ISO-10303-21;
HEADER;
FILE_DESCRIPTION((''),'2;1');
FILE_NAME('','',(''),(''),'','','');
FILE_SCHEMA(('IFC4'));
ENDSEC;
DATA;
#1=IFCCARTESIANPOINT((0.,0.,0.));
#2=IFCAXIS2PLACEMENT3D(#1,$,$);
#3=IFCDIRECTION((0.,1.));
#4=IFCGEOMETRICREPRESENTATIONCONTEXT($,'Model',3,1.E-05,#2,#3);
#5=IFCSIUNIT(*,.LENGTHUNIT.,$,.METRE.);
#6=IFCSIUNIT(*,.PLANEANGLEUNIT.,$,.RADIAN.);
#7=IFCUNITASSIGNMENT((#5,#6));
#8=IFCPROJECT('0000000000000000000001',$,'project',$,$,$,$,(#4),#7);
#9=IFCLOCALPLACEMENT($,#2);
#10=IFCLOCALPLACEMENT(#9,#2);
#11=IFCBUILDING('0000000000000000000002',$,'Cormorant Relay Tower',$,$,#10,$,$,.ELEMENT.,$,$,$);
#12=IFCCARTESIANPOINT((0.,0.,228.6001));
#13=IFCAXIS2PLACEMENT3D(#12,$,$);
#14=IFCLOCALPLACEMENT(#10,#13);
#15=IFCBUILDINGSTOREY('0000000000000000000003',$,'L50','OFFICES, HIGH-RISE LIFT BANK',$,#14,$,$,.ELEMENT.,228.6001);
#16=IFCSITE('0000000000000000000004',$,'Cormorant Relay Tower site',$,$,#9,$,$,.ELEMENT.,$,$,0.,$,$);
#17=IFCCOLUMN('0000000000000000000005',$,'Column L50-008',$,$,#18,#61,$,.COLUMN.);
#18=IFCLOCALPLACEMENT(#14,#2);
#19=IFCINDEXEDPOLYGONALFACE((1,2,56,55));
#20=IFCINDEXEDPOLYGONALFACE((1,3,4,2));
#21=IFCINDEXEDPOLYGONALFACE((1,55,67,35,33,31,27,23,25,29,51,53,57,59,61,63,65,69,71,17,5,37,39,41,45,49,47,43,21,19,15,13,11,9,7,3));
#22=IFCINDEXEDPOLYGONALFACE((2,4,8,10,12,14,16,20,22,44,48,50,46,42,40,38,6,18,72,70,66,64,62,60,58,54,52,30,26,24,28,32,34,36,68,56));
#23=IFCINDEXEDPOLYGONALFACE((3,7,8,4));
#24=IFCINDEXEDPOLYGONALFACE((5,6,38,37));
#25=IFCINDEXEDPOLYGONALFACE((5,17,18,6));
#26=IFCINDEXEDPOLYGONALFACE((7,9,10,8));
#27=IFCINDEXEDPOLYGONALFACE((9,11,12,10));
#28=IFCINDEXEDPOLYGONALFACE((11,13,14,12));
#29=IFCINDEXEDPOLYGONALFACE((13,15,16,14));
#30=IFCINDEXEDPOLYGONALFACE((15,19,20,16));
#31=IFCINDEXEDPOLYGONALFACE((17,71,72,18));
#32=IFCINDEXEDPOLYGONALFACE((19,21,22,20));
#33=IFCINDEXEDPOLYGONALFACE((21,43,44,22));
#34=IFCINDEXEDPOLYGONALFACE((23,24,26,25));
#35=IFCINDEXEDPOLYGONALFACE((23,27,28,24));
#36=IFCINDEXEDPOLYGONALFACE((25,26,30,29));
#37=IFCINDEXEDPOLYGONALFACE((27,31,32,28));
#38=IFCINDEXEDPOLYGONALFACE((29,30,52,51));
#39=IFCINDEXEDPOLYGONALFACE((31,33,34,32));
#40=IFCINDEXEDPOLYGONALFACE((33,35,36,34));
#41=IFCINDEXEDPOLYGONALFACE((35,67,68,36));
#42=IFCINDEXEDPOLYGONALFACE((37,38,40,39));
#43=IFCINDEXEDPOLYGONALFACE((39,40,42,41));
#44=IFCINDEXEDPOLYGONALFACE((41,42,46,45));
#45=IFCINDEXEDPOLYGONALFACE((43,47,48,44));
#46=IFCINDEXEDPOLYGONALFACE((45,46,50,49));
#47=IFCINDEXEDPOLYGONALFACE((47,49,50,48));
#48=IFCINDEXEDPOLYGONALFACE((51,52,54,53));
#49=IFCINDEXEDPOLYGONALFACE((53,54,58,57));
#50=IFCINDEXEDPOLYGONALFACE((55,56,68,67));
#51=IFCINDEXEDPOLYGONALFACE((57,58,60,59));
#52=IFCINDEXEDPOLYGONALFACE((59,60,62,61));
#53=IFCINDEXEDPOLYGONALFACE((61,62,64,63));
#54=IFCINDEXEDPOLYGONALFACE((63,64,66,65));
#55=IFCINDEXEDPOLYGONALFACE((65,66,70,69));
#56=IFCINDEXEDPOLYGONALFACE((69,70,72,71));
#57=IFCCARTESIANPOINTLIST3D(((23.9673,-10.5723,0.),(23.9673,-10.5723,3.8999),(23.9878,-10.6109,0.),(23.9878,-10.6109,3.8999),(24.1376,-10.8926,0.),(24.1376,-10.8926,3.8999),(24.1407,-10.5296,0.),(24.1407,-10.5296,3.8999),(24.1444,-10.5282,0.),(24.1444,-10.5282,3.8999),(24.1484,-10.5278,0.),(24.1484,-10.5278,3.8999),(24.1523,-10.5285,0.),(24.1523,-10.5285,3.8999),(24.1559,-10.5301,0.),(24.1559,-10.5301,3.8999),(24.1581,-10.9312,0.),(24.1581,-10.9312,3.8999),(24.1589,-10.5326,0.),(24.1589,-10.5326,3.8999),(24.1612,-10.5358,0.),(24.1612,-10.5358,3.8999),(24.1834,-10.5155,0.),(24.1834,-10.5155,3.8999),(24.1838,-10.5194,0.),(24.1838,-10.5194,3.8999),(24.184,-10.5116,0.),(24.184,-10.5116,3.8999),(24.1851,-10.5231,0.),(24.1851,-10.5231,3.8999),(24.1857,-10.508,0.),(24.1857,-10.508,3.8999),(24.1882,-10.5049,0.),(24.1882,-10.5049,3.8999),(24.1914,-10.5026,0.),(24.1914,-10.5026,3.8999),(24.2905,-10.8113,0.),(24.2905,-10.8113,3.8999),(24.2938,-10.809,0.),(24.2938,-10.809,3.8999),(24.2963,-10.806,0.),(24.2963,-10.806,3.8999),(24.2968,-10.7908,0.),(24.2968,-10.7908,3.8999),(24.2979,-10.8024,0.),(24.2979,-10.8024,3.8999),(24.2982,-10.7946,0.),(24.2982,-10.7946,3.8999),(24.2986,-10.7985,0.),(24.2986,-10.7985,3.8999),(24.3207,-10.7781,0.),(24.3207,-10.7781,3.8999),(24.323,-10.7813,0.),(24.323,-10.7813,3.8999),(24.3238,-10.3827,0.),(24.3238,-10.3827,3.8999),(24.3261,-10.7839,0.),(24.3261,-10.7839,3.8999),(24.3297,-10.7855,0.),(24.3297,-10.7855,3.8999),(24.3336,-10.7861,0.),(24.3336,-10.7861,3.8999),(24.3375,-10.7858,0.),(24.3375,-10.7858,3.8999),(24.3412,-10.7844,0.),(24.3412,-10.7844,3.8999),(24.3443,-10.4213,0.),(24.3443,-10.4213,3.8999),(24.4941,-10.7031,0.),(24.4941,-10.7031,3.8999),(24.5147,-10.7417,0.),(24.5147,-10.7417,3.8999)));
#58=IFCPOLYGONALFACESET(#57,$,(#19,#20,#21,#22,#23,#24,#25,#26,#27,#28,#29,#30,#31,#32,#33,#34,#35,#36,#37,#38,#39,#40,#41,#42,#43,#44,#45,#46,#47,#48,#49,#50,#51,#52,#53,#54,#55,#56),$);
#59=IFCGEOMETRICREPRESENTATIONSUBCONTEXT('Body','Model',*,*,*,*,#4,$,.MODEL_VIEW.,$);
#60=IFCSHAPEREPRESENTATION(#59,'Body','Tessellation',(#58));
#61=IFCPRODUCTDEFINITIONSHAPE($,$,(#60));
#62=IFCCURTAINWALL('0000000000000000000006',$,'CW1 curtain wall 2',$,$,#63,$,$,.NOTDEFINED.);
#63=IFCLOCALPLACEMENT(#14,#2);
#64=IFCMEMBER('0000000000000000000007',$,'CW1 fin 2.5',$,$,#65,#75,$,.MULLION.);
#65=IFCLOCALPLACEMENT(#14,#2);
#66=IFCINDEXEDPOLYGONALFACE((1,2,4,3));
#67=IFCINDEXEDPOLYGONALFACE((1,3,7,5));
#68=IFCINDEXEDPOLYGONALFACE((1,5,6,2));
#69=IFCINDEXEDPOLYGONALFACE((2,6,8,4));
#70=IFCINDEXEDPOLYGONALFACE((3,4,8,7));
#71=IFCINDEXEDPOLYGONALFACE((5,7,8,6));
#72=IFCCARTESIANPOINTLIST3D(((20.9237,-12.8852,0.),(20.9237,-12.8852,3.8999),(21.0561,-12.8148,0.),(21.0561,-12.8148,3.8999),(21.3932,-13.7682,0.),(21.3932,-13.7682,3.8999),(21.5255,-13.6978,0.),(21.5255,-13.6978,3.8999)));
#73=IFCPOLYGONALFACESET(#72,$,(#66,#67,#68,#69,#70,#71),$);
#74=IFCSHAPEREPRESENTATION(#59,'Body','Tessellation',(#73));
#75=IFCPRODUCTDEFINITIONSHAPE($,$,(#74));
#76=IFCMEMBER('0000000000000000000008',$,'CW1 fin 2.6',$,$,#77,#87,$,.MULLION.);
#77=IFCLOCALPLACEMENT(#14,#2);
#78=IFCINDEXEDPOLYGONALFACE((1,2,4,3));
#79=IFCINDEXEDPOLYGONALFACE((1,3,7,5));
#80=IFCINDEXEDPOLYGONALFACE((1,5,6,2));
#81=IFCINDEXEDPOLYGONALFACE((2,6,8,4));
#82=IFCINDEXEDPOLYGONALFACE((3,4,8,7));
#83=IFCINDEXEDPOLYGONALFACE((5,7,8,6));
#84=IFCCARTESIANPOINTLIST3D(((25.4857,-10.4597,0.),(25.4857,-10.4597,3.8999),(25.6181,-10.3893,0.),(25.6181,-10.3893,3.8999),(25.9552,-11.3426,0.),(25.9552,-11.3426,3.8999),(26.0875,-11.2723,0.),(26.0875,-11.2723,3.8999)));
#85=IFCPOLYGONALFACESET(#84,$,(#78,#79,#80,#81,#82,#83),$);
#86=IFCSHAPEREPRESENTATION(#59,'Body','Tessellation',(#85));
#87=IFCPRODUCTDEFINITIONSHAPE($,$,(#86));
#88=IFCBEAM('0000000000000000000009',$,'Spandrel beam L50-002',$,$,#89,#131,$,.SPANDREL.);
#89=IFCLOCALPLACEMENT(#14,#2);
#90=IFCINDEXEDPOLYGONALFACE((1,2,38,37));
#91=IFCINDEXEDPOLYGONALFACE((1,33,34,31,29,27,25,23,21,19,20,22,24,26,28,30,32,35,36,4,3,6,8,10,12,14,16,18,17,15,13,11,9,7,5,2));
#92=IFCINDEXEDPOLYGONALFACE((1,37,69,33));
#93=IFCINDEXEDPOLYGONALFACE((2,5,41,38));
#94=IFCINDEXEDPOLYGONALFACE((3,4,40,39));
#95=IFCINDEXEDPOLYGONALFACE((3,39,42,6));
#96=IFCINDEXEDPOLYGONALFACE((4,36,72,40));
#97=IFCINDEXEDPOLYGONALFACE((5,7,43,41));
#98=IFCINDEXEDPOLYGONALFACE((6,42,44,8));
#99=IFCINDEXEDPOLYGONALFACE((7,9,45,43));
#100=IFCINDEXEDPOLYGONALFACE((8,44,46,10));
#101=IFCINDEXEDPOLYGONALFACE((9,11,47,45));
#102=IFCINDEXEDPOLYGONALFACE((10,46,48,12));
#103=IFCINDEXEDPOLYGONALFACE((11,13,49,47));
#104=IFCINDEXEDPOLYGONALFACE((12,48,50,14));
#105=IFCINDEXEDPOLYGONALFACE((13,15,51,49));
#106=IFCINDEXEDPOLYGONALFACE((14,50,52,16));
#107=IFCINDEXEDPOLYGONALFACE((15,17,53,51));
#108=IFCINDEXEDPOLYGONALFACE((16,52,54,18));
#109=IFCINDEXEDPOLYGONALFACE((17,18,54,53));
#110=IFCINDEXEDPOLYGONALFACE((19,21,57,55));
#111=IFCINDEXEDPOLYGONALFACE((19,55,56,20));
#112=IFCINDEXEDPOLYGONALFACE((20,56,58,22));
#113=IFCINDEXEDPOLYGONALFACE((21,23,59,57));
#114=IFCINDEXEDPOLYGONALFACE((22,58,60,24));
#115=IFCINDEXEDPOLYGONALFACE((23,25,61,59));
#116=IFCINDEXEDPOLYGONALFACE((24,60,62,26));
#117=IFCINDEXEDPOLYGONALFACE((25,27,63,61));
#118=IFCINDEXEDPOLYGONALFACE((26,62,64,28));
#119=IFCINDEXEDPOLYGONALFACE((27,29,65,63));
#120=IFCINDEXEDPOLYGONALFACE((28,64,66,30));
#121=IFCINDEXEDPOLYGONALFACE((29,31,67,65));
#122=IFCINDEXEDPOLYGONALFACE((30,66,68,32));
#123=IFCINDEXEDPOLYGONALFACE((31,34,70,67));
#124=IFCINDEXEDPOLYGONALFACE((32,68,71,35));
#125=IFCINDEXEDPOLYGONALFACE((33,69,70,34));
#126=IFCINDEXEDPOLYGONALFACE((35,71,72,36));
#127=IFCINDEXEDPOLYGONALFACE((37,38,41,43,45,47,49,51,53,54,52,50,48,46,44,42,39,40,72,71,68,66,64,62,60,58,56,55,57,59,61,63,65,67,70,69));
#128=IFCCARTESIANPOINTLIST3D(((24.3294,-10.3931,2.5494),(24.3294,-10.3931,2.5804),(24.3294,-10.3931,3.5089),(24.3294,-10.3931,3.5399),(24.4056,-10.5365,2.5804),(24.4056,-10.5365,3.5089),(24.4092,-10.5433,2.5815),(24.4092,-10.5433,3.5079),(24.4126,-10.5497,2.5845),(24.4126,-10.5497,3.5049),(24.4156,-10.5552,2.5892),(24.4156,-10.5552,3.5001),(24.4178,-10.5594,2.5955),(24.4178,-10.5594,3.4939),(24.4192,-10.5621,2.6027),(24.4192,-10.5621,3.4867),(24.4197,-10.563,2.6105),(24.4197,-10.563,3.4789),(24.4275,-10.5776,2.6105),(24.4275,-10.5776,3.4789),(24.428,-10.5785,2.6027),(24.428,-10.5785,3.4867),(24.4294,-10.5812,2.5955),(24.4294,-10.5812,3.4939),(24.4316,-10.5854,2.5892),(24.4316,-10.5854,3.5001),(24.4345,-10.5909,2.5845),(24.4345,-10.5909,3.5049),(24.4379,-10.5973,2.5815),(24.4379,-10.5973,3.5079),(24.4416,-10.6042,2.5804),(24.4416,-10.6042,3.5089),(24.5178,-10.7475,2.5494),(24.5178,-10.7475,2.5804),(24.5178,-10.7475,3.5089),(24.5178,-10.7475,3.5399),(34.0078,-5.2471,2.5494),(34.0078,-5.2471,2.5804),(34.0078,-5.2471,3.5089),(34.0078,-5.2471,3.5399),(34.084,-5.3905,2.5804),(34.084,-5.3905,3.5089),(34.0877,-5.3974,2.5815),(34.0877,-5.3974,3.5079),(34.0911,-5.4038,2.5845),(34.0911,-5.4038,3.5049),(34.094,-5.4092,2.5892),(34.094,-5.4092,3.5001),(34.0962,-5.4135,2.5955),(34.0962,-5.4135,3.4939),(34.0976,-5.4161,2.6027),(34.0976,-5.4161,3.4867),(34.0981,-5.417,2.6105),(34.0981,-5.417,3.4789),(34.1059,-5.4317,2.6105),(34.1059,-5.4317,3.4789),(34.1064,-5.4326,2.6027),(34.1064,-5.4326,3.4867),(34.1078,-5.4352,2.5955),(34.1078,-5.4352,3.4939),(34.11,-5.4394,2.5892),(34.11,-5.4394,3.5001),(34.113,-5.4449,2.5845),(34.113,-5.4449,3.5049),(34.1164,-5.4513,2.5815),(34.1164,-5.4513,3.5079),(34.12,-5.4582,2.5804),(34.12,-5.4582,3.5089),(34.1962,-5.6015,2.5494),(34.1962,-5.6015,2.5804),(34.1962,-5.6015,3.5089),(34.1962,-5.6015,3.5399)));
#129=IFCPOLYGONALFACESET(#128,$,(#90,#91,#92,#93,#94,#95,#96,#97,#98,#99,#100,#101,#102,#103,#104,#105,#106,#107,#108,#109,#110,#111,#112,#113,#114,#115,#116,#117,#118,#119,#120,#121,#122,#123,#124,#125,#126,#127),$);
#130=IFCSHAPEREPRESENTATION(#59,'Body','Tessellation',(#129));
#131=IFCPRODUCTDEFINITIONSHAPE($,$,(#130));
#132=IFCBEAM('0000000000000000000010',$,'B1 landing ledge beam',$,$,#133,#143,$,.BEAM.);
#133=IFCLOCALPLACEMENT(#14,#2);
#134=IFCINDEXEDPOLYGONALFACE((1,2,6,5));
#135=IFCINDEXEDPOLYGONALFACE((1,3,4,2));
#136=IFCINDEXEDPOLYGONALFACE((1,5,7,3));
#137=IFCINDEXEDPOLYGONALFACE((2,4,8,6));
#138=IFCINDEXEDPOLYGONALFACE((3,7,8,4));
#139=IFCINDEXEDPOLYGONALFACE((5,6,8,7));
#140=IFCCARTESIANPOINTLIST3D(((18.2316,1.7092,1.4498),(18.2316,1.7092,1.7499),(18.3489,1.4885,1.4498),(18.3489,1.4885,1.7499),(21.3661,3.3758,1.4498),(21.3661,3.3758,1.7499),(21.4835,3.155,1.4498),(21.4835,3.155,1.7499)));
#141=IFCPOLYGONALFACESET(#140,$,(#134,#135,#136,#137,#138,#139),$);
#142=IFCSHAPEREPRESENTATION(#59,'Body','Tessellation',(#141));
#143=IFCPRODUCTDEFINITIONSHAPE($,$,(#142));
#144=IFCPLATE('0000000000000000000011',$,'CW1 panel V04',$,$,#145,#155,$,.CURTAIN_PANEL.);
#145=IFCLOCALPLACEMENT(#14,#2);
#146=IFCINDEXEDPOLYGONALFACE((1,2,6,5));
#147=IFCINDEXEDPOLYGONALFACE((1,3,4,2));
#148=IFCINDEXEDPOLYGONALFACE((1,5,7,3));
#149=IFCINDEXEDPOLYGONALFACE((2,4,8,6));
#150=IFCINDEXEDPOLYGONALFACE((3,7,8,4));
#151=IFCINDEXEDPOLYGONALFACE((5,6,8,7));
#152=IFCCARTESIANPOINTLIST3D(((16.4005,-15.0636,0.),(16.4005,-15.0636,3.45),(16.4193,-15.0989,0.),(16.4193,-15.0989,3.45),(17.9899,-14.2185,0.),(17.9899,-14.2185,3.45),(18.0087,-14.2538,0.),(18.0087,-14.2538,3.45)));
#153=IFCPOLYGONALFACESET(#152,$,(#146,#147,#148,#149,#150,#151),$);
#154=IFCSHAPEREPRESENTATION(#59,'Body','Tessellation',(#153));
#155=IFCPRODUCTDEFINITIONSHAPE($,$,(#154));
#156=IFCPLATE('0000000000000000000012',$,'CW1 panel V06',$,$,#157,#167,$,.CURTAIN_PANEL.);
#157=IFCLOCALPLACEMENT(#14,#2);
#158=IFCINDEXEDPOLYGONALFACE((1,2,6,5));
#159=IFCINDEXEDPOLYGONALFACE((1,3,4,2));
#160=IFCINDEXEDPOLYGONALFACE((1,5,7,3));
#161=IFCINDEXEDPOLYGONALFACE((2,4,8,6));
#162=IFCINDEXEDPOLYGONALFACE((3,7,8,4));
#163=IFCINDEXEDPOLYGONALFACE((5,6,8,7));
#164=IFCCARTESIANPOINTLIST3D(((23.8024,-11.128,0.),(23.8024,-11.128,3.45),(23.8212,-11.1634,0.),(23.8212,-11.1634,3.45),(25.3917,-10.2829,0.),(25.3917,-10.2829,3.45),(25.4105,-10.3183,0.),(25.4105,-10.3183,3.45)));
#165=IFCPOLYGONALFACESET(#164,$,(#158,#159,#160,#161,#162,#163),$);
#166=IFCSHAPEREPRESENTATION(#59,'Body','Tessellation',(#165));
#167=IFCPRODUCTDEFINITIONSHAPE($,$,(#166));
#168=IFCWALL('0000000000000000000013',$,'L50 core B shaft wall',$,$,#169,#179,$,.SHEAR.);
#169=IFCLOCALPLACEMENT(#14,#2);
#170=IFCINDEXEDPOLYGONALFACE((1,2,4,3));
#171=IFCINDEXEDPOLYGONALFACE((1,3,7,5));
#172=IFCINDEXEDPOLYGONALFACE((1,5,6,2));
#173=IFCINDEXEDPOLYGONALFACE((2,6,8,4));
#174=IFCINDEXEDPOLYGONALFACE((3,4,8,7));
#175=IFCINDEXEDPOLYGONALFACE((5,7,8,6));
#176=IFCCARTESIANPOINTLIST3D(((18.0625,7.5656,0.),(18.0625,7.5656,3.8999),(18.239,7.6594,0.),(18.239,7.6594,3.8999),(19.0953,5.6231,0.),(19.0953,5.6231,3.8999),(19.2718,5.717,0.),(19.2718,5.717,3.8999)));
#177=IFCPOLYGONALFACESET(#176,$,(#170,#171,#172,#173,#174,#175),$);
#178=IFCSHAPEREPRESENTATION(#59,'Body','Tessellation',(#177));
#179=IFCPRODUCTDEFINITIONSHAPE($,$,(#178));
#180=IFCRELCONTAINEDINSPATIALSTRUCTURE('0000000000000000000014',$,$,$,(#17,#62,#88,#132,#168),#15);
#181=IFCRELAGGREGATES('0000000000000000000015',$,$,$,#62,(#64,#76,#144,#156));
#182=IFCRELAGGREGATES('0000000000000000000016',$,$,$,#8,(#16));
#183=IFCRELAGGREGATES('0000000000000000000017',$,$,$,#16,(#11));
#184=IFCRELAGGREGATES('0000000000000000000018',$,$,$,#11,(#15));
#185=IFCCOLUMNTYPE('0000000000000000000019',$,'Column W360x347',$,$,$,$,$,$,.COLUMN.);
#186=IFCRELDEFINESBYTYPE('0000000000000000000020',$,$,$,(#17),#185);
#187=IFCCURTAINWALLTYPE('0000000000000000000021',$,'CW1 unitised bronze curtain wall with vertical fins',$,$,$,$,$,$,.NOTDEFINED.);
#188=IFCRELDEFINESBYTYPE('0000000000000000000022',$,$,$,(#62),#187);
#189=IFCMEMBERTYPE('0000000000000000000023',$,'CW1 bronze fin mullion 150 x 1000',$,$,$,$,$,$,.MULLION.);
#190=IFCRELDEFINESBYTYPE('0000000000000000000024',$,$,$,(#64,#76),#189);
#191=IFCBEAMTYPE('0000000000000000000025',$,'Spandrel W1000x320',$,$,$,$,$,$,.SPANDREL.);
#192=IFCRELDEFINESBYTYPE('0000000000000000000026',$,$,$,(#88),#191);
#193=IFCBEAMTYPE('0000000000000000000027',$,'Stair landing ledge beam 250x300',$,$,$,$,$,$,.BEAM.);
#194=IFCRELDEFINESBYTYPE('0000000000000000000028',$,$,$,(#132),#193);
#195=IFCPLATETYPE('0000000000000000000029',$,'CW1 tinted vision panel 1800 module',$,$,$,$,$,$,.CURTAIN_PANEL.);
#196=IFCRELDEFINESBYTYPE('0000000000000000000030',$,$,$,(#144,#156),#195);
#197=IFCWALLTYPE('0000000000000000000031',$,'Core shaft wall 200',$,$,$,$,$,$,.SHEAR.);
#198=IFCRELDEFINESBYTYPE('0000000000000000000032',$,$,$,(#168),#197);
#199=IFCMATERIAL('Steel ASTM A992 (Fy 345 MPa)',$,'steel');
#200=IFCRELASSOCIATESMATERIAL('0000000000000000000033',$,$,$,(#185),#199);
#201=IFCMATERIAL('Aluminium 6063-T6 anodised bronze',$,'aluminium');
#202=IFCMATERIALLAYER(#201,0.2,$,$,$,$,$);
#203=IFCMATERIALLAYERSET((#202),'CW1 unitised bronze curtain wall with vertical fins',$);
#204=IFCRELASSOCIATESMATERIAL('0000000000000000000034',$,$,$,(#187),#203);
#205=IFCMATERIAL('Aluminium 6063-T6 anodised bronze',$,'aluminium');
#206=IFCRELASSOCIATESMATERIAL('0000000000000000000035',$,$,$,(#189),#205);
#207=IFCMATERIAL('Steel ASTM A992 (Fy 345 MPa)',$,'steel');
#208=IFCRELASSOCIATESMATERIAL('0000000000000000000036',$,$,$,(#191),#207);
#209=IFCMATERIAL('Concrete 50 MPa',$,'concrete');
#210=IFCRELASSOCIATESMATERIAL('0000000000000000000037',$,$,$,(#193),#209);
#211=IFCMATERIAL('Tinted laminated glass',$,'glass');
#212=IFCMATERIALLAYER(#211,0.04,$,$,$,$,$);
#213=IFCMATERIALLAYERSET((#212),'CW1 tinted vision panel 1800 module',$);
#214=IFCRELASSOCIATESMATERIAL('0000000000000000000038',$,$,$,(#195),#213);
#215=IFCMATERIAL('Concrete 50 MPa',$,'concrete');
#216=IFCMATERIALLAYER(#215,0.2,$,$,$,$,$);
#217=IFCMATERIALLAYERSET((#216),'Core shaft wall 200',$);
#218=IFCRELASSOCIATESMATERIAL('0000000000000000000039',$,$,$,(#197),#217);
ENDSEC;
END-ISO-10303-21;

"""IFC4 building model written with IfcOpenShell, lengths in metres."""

from ifc_helpers import new_model, si_unit, direction, frame, frame_2d, origin, origin_2d, place, context, subcontext, project, spatial, rectangle, i_section, extrude, material, layer, layer_set, material_profile, profile_set, type_object, element, aggregate, save


model = new_model("IFC4")

# Units and contexts
model_context = context("Model", 3, precision=1e-05, world=origin(), true_north=direction((0.0, 1.0)))
body_context = subcontext(model_context, "Body", "Model", "MODEL_VIEW")
ifc_project = project(units=[si_unit("LENGTHUNIT", "METRE"), si_unit("PLANEANGLEUNIT", "RADIAN")], contexts=[model_context])

# Site, building, storey
site_placement = place(None, origin())
site = spatial("IfcSite", under=ifc_project, at=site_placement, Name="Cormorant Relay Tower site", CompositionType="ELEMENT", RefElevation=0.0)
building_placement = place(site_placement, origin())
building = spatial("IfcBuilding", under=site, at=building_placement, Name="Cormorant Relay Tower", CompositionType="ELEMENT")
storey_placement = place(building_placement, frame((0.0, 0.0, 228.6001)))
storey = spatial("IfcBuildingStorey", under=building, at=storey_placement, Name="L50", Description="OFFICES, HIGH-RISE LIFT BANK", CompositionType="ELEMENT", Elevation=228.6001)

# Column
ifc_material_1 = material(Name="Steel ASTM A992 (Fy 345 MPa)", Category="steel")
ifc_material_profile_1 = material_profile(ifc_material_1, i_section(OverallWidth=0.4038, OverallDepth=0.4065, WebThickness=0.0271, FlangeThickness=0.0437, FilletRadius=0.0151, at=origin_2d()), Name="W360x347")
ifc_profile_set_1 = profile_set([ifc_material_profile_1], Name="Steel ASTM A992 (Fy 345 MPa)")
column_type = type_object("IfcColumnType", Name="Column W360x347", PredefinedType="COLUMN", material=ifc_profile_set_1)
column_placement = place(storey_placement, frame((24.241, -10.657, 0.0), z_axis=(0.0, 0.0, 1.0), x_axis=(0.882948, 0.469472, 0.0)))
element("IfcColumn", 1, at=column_placement, inside=storey, type_object=column_type, Name="Column L50-008", PredefinedType="COLUMN", context=body_context, shape_type="SweptSolid", body=[
    extrude(i_section(OverallWidth=0.4038, OverallDepth=0.4065, WebThickness=0.0271, FlangeThickness=0.0437, FilletRadius=0.0151, at=origin_2d()), origin(), (0.0, 0.0, 1.0), 3.8999),
])

# Curtain wall, members
ifc_material_2 = material(Name="Aluminium 6063-T6 anodised bronze", Category="aluminium")
ifc_layer_1 = layer(ifc_material_2, 0.2)
ifc_layer_set_1 = layer_set([ifc_layer_1], Name="CW1 unitised bronze curtain wall with vertical fins")
curtain_wall_type = type_object("IfcCurtainWallType", Name="CW1 unitised bronze curtain wall with vertical fins", PredefinedType="NOTDEFINED", material=ifc_layer_set_1)
curtain_wall_placement = place(storey_placement, origin())
curtain_wall = element("IfcCurtainWall", 2, at=curtain_wall_placement, inside=storey, type_object=curtain_wall_type, Name="CW1 curtain wall 2", PredefinedType="NOTDEFINED")
ifc_material_3 = material(Name="Aluminium 6063-T6 anodised bronze", Category="aluminium")
ifc_material_profile_2 = material_profile(ifc_material_3, rectangle(XDim=0.1499, YDim=1.0, at=origin_2d()), Name="AL 150x1000")
ifc_profile_set_2 = profile_set([ifc_material_profile_2], Name="Aluminium 6063-T6 anodised bronze")
member_type = type_object("IfcMemberType", Name="CW1 bronze fin mullion 150 x 1000", PredefinedType="MULLION", material=ifc_profile_set_2)
member_1_placement = place(storey_placement, frame((21.2246, -13.2915, 0.0), z_axis=(0.0, 0.0, 1.0), x_axis=(0.882948, 0.469472, 0.0)))
member_1 = element("IfcMember", 3, at=member_1_placement, type_object=member_type, Name="CW1 fin 2.5", PredefinedType="MULLION", context=body_context, shape_type="SweptSolid", body=[
    extrude(rectangle(XDim=0.1499, YDim=1.0, at=origin_2d()), origin(), (0.0, 0.0, 1.0), 3.8999),
])
member_2_placement = place(storey_placement, frame((25.7866, -10.866, 0.0), z_axis=(0.0, 0.0, 1.0), x_axis=(0.882948, 0.469472, 0.0)))
member_2 = element("IfcMember", 4, at=member_2_placement, type_object=member_type, Name="CW1 fin 2.6", PredefinedType="MULLION", context=body_context, shape_type="SweptSolid", body=[
    extrude(rectangle(XDim=0.1499, YDim=1.0, at=origin_2d()), origin(), (0.0, 0.0, 1.0), 3.8999),
])

# Beams
ifc_material_4 = material(Name="Steel ASTM A992 (Fy 345 MPa)", Category="steel")
ifc_material_profile_3 = material_profile(ifc_material_4, i_section(OverallWidth=0.4014, OverallDepth=0.9905, WebThickness=0.0166, FlangeThickness=0.031, FilletRadius=0.03, at=origin_2d()), Name="W1000x320")
ifc_profile_set_3 = profile_set([ifc_material_profile_3], Name="Steel ASTM A992 (Fy 345 MPa)")
beam_type_1 = type_object("IfcBeamType", Name="Spandrel W1000x320", PredefinedType="SPANDREL", material=ifc_profile_set_3)
beam_1_placement = place(storey_placement, frame((24.4236, -10.5703, 3.0447), z_axis=(0.882953, 0.469462, 0.0), x_axis=(-0.469462, 0.882953, 0.0)))
element("IfcBeam", 5, at=beam_1_placement, inside=storey, type_object=beam_type_1, Name="Spandrel beam L50-002", PredefinedType="SPANDREL", context=body_context, shape_type="SweptSolid", body=[
    extrude(i_section(OverallWidth=0.4014, OverallDepth=0.9905, WebThickness=0.0166, FlangeThickness=0.031, FilletRadius=0.03, at=origin_2d()), origin(), (0.0, 0.0, 1.0), 10.9614),
])
ifc_material_5 = material(Name="Concrete 50 MPa", Category="concrete")
ifc_material_profile_4 = material_profile(ifc_material_5, rectangle(XDim=0.25, YDim=0.3, at=origin_2d()), Name="RC 250x300")
ifc_profile_set_4 = profile_set([ifc_material_profile_4], Name="Concrete 50 MPa")
beam_type_2 = type_object("IfcBeamType", Name="Stair landing ledge beam 250x300", PredefinedType="BEAM", material=ifc_profile_set_4)
beam_2_placement = place(storey_placement, frame((21.4248, 3.2654, 1.5999), z_axis=(-0.882965, -0.469438, 0.0), x_axis=(0.469438, -0.882965, 0.0)))
element("IfcBeam", 6, at=beam_2_placement, inside=storey, type_object=beam_type_2, Name="B1 landing ledge beam", PredefinedType="BEAM", context=body_context, shape_type="SweptSolid", body=[
    extrude(rectangle(XDim=0.25, YDim=0.3, at=origin_2d()), origin(), (0.0, 0.0, 1.0), 3.55),
])

# Plates
ifc_material_6 = material(Name="Tinted laminated glass", Category="glass")
ifc_layer_2 = layer(ifc_material_6, 0.04)
ifc_layer_set_2 = layer_set([ifc_layer_2], Name="CW1 tinted vision panel 1800 module")
plate_type = type_object("IfcPlateType", Name="CW1 tinted vision panel 1800 module", PredefinedType="CURTAIN_PANEL", material=ifc_layer_set_2)
plate_1_placement = place(storey_placement, frame((17.2046, -14.6587, 0.0), z_axis=(0.0, 0.0, 1.0), x_axis=(0.882948, 0.469472, 0.0)))
plate_1 = element("IfcPlate", 7, at=plate_1_placement, type_object=plate_type, Name="CW1 panel V04", PredefinedType="CURTAIN_PANEL", context=body_context, shape_type="SweptSolid", body=[
    extrude(rectangle(XDim=1.8, YDim=0.04, at=origin_2d()), origin(), (0.0, 0.0, 1.0), 3.45),
])
plate_2_placement = place(storey_placement, frame((24.6064, -10.7231, 0.0), z_axis=(0.0, 0.0, 1.0), x_axis=(0.882948, 0.469472, 0.0)))
plate_2 = element("IfcPlate", 8, at=plate_2_placement, type_object=plate_type, Name="CW1 panel V06", PredefinedType="CURTAIN_PANEL", context=body_context, shape_type="SweptSolid", body=[
    extrude(rectangle(XDim=1.8, YDim=0.04, at=origin_2d()), origin(), (0.0, 0.0, 1.0), 3.45),
])

# Wall
ifc_material_7 = material(Name="Concrete 50 MPa", Category="concrete")
ifc_layer_3 = layer(ifc_material_7, 0.2)
ifc_layer_set_3 = layer_set([ifc_layer_3], Name="Core shaft wall 200")
wall_type_1 = type_object("IfcWallType", Name="Core shaft wall 200", PredefinedType="SHEAR", material=ifc_layer_set_3)
wall_1_placement = place(storey_placement, frame((19.1836, 5.6699, 0.0), z_axis=(0.0, 0.0, 1.0), x_axis=(-0.469447, 0.88296, 0.0)))
element("IfcWall", 9, at=wall_1_placement, inside=storey, type_object=wall_type_1, Name="L50 core B shaft wall", PredefinedType="SHEAR", context=body_context, shape_type="SweptSolid", body=[
    extrude(rectangle(XDim=2.2, YDim=0.2, at=frame_2d((1.1001, 0.0))), origin(), (0.0, 0.0, 1.0), 3.8999),
])

aggregate(curtain_wall, [member_1, member_2, plate_1, plate_2])

save(model, "model.ifc")
